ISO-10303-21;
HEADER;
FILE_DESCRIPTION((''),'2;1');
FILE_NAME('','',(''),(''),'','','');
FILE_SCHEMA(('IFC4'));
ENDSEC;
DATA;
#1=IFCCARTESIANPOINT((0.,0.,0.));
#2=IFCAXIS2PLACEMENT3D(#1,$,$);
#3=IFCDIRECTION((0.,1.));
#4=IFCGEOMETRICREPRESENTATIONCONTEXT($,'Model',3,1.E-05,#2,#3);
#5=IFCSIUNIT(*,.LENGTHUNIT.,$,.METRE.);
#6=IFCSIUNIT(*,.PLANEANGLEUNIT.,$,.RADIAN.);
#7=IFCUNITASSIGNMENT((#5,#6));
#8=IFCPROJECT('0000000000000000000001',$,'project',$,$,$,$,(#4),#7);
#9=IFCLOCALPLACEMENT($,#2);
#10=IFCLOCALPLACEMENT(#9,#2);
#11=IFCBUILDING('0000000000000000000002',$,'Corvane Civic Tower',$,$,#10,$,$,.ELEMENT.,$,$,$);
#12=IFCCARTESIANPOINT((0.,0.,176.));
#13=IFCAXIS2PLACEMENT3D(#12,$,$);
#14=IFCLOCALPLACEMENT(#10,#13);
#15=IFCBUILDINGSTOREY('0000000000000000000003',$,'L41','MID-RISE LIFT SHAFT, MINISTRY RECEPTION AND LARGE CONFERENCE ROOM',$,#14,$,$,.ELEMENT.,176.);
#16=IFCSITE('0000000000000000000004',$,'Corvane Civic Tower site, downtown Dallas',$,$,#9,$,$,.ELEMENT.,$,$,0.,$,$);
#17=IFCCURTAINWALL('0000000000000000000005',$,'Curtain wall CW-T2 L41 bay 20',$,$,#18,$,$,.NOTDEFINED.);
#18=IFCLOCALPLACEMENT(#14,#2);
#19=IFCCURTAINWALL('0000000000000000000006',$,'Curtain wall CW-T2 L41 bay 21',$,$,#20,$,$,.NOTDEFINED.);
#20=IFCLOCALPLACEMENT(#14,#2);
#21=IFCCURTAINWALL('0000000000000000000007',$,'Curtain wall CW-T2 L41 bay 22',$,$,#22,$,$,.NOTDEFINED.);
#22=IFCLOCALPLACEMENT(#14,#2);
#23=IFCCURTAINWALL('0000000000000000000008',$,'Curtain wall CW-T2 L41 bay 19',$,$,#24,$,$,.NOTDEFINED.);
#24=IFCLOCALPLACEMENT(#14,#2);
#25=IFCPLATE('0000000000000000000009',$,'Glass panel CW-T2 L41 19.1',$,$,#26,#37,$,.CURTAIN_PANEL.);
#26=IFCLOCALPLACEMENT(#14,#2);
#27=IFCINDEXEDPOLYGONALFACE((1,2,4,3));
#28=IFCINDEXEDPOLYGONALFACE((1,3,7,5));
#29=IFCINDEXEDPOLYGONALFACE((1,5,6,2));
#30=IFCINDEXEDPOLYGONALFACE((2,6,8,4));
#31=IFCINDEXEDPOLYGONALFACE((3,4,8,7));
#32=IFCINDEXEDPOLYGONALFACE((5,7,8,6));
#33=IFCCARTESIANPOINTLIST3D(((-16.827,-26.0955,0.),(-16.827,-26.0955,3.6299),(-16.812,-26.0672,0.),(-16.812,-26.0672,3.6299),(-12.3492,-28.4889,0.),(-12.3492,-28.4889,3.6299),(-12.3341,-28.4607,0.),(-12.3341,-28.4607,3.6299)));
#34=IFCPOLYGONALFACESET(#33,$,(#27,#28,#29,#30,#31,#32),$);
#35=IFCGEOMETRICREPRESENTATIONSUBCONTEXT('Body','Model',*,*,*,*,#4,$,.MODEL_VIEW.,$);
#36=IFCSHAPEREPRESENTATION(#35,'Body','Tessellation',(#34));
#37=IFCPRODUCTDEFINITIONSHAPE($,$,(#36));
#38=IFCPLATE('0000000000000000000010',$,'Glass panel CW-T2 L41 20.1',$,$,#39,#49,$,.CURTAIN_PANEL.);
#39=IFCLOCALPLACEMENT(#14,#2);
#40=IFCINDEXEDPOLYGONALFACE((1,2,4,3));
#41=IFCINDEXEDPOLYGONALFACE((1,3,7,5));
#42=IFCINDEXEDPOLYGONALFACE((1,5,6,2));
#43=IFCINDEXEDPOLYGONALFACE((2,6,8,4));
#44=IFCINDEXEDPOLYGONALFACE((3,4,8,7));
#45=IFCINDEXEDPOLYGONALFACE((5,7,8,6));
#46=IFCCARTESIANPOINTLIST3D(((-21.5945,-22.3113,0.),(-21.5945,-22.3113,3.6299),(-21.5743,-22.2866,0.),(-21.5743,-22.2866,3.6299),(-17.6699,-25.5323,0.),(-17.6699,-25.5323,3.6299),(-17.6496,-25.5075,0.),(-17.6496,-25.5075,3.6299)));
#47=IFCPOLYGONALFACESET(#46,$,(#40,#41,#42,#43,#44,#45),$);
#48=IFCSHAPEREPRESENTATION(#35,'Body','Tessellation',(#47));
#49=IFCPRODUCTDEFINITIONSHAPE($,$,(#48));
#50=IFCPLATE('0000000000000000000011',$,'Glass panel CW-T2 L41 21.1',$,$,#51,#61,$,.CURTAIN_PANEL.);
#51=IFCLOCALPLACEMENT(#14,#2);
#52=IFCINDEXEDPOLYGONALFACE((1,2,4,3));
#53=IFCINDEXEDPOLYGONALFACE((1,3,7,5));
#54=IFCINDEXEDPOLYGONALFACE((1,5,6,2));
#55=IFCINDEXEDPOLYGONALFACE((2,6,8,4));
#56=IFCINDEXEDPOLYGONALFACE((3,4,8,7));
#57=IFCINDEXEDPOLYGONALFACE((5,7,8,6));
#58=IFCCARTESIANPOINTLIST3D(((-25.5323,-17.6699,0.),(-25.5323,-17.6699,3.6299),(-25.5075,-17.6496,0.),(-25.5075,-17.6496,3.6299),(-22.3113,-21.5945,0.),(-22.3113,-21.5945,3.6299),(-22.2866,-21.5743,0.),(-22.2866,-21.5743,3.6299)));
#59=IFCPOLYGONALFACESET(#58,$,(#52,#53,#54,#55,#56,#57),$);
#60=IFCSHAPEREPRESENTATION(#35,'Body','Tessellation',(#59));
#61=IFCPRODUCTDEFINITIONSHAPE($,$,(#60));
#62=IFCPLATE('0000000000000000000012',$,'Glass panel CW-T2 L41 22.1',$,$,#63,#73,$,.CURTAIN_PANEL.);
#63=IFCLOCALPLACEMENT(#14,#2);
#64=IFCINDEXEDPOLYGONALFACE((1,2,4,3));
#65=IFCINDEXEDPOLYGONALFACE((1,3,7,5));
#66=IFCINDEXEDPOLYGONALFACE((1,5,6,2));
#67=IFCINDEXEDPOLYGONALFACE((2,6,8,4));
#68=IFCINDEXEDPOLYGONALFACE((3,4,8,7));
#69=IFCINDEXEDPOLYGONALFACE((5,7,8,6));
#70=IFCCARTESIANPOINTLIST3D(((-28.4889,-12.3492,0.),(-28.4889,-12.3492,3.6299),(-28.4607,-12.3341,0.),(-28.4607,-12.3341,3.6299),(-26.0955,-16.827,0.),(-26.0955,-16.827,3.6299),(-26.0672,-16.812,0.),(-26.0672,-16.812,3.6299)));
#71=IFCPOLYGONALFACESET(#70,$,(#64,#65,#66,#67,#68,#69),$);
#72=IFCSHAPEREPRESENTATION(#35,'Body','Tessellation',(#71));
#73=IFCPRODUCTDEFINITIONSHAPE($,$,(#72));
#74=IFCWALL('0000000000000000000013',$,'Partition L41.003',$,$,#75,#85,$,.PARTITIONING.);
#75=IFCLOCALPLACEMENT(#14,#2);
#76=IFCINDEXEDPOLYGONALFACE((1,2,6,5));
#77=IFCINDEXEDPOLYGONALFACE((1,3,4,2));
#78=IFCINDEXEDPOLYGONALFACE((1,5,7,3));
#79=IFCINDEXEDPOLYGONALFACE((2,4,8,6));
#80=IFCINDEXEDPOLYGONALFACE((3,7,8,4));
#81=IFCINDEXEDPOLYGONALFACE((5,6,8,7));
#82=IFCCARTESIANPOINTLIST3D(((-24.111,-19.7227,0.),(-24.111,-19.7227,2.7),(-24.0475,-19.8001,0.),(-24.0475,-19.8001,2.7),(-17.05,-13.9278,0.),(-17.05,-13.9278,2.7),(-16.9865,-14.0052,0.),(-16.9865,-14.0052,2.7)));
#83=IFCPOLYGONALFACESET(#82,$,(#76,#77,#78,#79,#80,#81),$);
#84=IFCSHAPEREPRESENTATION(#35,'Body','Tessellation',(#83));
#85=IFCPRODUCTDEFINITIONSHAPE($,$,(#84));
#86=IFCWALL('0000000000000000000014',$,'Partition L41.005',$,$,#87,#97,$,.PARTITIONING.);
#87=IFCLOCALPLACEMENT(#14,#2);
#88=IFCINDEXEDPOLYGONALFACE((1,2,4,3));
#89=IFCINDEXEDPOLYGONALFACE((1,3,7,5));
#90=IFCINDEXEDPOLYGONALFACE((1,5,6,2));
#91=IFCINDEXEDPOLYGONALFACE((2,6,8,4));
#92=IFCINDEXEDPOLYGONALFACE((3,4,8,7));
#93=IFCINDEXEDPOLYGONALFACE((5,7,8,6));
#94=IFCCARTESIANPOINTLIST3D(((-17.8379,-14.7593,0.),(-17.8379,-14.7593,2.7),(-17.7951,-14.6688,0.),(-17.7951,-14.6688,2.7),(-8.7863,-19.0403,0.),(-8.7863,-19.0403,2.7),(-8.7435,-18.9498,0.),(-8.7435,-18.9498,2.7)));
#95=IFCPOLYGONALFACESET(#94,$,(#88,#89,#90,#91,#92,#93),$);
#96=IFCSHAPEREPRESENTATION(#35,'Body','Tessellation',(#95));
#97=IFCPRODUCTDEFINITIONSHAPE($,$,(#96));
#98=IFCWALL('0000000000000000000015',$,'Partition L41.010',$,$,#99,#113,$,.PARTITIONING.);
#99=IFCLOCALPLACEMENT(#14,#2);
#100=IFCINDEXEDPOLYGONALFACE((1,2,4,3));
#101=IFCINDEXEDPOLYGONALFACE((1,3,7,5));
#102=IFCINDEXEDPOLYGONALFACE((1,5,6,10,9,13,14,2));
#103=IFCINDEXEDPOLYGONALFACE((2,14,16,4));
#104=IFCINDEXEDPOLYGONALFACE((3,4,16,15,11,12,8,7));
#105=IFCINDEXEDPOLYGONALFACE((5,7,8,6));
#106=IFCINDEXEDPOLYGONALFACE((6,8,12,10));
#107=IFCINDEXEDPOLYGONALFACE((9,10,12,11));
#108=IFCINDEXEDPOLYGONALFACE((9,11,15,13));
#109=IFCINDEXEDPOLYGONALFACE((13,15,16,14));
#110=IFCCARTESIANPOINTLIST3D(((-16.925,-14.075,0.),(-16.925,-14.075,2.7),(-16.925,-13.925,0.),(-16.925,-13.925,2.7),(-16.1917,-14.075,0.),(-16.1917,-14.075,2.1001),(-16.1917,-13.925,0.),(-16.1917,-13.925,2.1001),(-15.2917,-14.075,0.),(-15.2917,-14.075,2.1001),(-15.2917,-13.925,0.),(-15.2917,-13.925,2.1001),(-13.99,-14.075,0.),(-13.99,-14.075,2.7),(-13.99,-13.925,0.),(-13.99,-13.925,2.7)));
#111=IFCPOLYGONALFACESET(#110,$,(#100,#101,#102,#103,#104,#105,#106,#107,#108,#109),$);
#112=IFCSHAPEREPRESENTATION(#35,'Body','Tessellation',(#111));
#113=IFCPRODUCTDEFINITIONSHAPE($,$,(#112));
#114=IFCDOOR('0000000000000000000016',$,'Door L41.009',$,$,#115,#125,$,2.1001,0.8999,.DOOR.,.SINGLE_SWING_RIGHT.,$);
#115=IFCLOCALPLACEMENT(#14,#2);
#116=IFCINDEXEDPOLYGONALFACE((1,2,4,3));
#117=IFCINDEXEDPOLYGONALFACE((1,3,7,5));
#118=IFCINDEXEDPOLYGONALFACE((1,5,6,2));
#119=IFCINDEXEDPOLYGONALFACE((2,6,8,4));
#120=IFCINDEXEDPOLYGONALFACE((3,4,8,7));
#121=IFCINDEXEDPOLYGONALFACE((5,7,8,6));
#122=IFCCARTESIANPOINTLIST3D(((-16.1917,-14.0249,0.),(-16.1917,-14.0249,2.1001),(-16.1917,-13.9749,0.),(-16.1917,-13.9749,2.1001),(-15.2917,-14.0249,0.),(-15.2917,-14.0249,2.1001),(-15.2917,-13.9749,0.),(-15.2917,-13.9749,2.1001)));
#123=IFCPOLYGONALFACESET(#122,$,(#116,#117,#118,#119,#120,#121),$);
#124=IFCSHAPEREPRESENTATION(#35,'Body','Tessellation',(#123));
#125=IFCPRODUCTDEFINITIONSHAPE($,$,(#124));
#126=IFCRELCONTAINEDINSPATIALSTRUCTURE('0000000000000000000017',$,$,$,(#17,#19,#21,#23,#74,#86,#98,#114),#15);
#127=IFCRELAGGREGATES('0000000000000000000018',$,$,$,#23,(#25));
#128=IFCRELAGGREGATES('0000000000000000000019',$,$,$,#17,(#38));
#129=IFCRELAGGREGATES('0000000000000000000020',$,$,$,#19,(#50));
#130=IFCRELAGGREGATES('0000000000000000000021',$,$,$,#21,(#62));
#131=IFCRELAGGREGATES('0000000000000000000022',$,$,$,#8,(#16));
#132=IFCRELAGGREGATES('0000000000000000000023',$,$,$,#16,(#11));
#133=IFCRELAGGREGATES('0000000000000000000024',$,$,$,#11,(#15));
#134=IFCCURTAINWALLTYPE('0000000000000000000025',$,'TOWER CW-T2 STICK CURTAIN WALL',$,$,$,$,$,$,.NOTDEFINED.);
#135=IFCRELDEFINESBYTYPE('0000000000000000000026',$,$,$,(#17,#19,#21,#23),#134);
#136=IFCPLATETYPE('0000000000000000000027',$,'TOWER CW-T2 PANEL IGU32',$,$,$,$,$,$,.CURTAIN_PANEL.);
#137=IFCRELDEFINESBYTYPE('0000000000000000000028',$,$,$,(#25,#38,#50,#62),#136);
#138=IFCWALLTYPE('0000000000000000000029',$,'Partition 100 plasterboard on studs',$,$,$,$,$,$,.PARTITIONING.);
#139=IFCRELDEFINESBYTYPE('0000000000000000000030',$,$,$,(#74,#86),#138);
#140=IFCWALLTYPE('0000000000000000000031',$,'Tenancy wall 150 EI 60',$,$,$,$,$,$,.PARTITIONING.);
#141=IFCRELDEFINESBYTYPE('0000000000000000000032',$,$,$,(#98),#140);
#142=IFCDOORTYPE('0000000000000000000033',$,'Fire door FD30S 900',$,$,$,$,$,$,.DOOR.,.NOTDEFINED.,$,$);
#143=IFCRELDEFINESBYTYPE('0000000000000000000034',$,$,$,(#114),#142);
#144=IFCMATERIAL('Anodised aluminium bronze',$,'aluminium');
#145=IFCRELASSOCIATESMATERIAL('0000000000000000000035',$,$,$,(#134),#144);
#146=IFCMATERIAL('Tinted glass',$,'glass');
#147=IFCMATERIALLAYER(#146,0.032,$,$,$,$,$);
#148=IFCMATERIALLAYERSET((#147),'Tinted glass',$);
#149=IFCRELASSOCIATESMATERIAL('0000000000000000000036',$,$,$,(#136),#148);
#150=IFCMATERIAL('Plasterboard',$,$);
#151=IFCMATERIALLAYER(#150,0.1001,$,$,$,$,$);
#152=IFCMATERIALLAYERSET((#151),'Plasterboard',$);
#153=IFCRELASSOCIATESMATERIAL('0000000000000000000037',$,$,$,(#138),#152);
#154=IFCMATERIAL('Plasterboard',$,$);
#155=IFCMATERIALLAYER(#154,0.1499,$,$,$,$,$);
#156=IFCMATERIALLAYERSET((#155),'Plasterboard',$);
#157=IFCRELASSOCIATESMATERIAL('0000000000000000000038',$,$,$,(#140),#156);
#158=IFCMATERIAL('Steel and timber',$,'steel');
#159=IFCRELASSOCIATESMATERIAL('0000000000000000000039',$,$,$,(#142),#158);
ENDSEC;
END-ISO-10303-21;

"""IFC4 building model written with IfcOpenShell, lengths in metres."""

from ifc_helpers import new_model, si_unit, direction, frame, frame_2d, origin, origin_2d, place, context, subcontext, project, spatial, rectangle, extrude, material, layer, layer_set, type_object, element, fill, aggregate, save


model = new_model("IFC4")

# Units and contexts
model_context = context("Model", 3, precision=1e-05, world=origin(), true_north=direction((0.0, 1.0)))
body_context = subcontext(model_context, "Body", "Model", "MODEL_VIEW")
ifc_project = project(units=[si_unit("LENGTHUNIT", "METRE"), si_unit("PLANEANGLEUNIT", "RADIAN")], contexts=[model_context])

# Site, building, storey
site_placement = place(None, origin())
site = spatial("IfcSite", under=ifc_project, at=site_placement, Name="Corvane Civic Tower site, downtown Dallas", CompositionType="ELEMENT", RefElevation=0.0)
building_placement = place(site_placement, origin())
building = spatial("IfcBuilding", under=site, at=building_placement, Name="Corvane Civic Tower", CompositionType="ELEMENT")
storey_placement = place(building_placement, frame((0.0, 0.0, 176.0)))
storey = spatial("IfcBuildingStorey", under=building, at=storey_placement, Name="L41", Description="MID-RISE LIFT SHAFT, MINISTRY RECEPTION AND LARGE CONFERENCE ROOM", CompositionType="ELEMENT", Elevation=176.0)

# Curtain walls
ifc_material_1 = material(Name="Anodised aluminium bronze", Category="aluminium")
curtain_wall_type = type_object("IfcCurtainWallType", Name="TOWER CW-T2 STICK CURTAIN WALL", PredefinedType="NOTDEFINED", material=ifc_material_1)
curtain_wall_1_placement = place(storey_placement, origin())
curtain_wall_1 = element("IfcCurtainWall", 1, at=curtain_wall_1_placement, inside=storey, type_object=curtain_wall_type, Name="Curtain wall CW-T2 L41 bay 20", PredefinedType="NOTDEFINED")
curtain_wall_2_placement = place(storey_placement, origin())
curtain_wall_2 = element("IfcCurtainWall", 2, at=curtain_wall_2_placement, inside=storey, type_object=curtain_wall_type, Name="Curtain wall CW-T2 L41 bay 21", PredefinedType="NOTDEFINED")
curtain_wall_3_placement = place(storey_placement, origin())
curtain_wall_3 = element("IfcCurtainWall", 3, at=curtain_wall_3_placement, inside=storey, type_object=curtain_wall_type, Name="Curtain wall CW-T2 L41 bay 22", PredefinedType="NOTDEFINED")

# Curtain wall, plate
curtain_wall_4_placement = place(storey_placement, origin())
curtain_wall_4 = element("IfcCurtainWall", 4, at=curtain_wall_4_placement, inside=storey, type_object=curtain_wall_type, Name="Curtain wall CW-T2 L41 bay 19", PredefinedType="NOTDEFINED")
ifc_material_2 = material(Name="Tinted glass", Category="glass")
ifc_layer_1 = layer(ifc_material_2, 0.032)
ifc_layer_set_1 = layer_set([ifc_layer_1], Name="Tinted glass")
plate_type = type_object("IfcPlateType", Name="TOWER CW-T2 PANEL IGU32", PredefinedType="CURTAIN_PANEL", material=ifc_layer_set_1)
plate_1_placement = place(storey_placement, frame((-14.5806, -27.2781, 0.0), z_axis=(0.0, 0.0, 1.0), x_axis=(-0.881922, 0.471395, 0.0)))
plate_1 = element("IfcPlate", 5, at=plate_1_placement, type_object=plate_type, Name="Glass panel CW-T2 L41 19.1", PredefinedType="CURTAIN_PANEL", context=body_context, shape_type="SweptSolid", body=[
    extrude(rectangle(XDim=5.0774, YDim=0.032, at=origin_2d()), origin(), (0.0, 0.0, 1.0), 3.6299),
])
aggregate(curtain_wall_4, [plate_1])

# Plates
plate_2_placement = place(storey_placement, frame((-19.6221, -23.9094, 0.0), z_axis=(0.0, 0.0, 1.0), x_axis=(-0.773005, 0.6344, 0.0)))
plate_2 = element("IfcPlate", 6, at=plate_2_placement, type_object=plate_type, Name="Glass panel CW-T2 L41 20.1", PredefinedType="CURTAIN_PANEL", context=body_context, shape_type="SweptSolid", body=[
    extrude(rectangle(XDim=5.0771, YDim=0.032, at=origin_2d()), origin(), (0.0, 0.0, 1.0), 3.6299),
])
aggregate(curtain_wall_1, [plate_2])
plate_3_placement = place(storey_placement, frame((-23.9094, -19.6221, 0.0), z_axis=(0.0, 0.0, 1.0), x_axis=(-0.6344, 0.773005, 0.0)))
plate_3 = element("IfcPlate", 7, at=plate_3_placement, type_object=plate_type, Name="Glass panel CW-T2 L41 21.1", PredefinedType="CURTAIN_PANEL", context=body_context, shape_type="SweptSolid", body=[
    extrude(rectangle(XDim=5.0771, YDim=0.032, at=origin_2d()), origin(), (0.0, 0.0, 1.0), 3.6299),
])
aggregate(curtain_wall_2, [plate_3])
plate_4_placement = place(storey_placement, frame((-27.2781, -14.5806, 0.0), z_axis=(0.0, 0.0, 1.0), x_axis=(-0.471395, 0.881922, 0.0)))
plate_4 = element("IfcPlate", 8, at=plate_4_placement, type_object=plate_type, Name="Glass panel CW-T2 L41 22.1", PredefinedType="CURTAIN_PANEL", context=body_context, shape_type="SweptSolid", body=[
    extrude(rectangle(XDim=5.0774, YDim=0.032, at=origin_2d()), origin(), (0.0, 0.0, 1.0), 3.6299),
])
aggregate(curtain_wall_3, [plate_4])

# Walls
ifc_material_3 = material(Name="Plasterboard")
ifc_layer_2 = layer(ifc_material_3, 0.1001)
ifc_layer_set_2 = layer_set([ifc_layer_2], Name="Plasterboard")
wall_type_1 = type_object("IfcWallType", Name="Partition 100 plasterboard on studs", PredefinedType="PARTITIONING", material=ifc_layer_set_2)
wall_1_placement = place(storey_placement, frame((-24.0793, -19.7615, 0.0), z_axis=(0.0, 0.0, 1.0), x_axis=(0.773006, 0.634399, 0.0)))
element("IfcWall", 9, at=wall_1_placement, inside=storey, type_object=wall_type_1, Name="Partition L41.003", PredefinedType="PARTITIONING", context=body_context, shape_type="SweptSolid", body=[
    extrude(rectangle(XDim=9.1345, YDim=0.1001, at=frame_2d((4.5674, 0.0))), origin(), (0.0, 0.0, 1.0), 2.7),
])
wall_2_placement = place(storey_placement, frame((-17.8164, -14.7141, 0.0), z_axis=(0.0, 0.0, 1.0), x_axis=(0.903995, -0.427542, 0.0)))
element("IfcWall", 10, at=wall_2_placement, inside=storey, type_object=wall_type_1, Name="Partition L41.005", PredefinedType="PARTITIONING", context=body_context, shape_type="SweptSolid", body=[
    extrude(rectangle(XDim=10.0129, YDim=0.1001, at=frame_2d((5.0063, 0.0))), origin(), (0.0, 0.0, 1.0), 2.7),
])

# Wall, opening, door
ifc_material_4 = material(Name="Plasterboard")
ifc_layer_3 = layer(ifc_material_4, 0.1499)
ifc_layer_set_3 = layer_set([ifc_layer_3], Name="Plasterboard")
wall_type_2 = type_object("IfcWallType", Name="Tenancy wall 150 EI 60", PredefinedType="PARTITIONING", material=ifc_layer_set_3)
wall_3_placement = place(storey_placement, frame((-16.925, -14.0, 0.0), z_axis=(0.0, 0.0, 1.0), x_axis=(1.0, 0.0, 0.0)))
wall_3 = element("IfcWall", 11, at=wall_3_placement, inside=storey, type_object=wall_type_2, Name="Partition L41.010", PredefinedType="PARTITIONING", context=body_context, shape_type="SweptSolid", body=[
    extrude(rectangle(XDim=2.9351, YDim=0.1499, at=frame_2d((1.4675, 0.0))), origin(), (0.0, 0.0, 1.0), 2.7),
])
opening_1_placement = place(wall_3_placement, frame((0.7334, 0.0, 0.0)))
opening_1 = element("IfcOpeningElement", 12, at=opening_1_placement, cuts=wall_3, PredefinedType="OPENING", context=body_context, shape_type="SweptSolid", body=[
    extrude(rectangle(XDim=0.8999, YDim=2.1001, at=frame_2d((0.45, 1.05))), frame((0.0, 0.085, 0.0), z_axis=(0.0, -1.0, 0.0), x_axis=(1.0, 0.0, 0.0)), (0.0, 0.0, 1.0), 0.1699),
])
ifc_material_5 = material(Name="Steel and timber", Category="steel")
door_type_1 = type_object("IfcDoorType", Name="Fire door FD30S 900", OperationType="NOTDEFINED", PredefinedType="DOOR", material=ifc_material_5)
door_1_placement = place(opening_1_placement, frame((0.8999, 0.0, 0.0), z_axis=(0.0, 0.0, 1.0), x_axis=(-1.0, 0.0, 0.0)))
door_1 = element("IfcDoor", 13, at=door_1_placement, inside=storey, type_object=door_type_1, Name="Door L41.009", OperationType="SINGLE_SWING_RIGHT", OverallHeight=2.1001, OverallWidth=0.8999, PredefinedType="DOOR", context=body_context, shape_type="SweptSolid", body=[
    extrude(rectangle(XDim=0.8999, YDim=2.1001, at=frame_2d((0.45, 1.05))), frame((0.0, 0.0249, 0.0), z_axis=(0.0, -1.0, 0.0), x_axis=(1.0, 0.0, 0.0)), (0.0, 0.0, 1.0), 0.05),
])
fill(opening_1, door_1)

save(model, "model.ifc")
